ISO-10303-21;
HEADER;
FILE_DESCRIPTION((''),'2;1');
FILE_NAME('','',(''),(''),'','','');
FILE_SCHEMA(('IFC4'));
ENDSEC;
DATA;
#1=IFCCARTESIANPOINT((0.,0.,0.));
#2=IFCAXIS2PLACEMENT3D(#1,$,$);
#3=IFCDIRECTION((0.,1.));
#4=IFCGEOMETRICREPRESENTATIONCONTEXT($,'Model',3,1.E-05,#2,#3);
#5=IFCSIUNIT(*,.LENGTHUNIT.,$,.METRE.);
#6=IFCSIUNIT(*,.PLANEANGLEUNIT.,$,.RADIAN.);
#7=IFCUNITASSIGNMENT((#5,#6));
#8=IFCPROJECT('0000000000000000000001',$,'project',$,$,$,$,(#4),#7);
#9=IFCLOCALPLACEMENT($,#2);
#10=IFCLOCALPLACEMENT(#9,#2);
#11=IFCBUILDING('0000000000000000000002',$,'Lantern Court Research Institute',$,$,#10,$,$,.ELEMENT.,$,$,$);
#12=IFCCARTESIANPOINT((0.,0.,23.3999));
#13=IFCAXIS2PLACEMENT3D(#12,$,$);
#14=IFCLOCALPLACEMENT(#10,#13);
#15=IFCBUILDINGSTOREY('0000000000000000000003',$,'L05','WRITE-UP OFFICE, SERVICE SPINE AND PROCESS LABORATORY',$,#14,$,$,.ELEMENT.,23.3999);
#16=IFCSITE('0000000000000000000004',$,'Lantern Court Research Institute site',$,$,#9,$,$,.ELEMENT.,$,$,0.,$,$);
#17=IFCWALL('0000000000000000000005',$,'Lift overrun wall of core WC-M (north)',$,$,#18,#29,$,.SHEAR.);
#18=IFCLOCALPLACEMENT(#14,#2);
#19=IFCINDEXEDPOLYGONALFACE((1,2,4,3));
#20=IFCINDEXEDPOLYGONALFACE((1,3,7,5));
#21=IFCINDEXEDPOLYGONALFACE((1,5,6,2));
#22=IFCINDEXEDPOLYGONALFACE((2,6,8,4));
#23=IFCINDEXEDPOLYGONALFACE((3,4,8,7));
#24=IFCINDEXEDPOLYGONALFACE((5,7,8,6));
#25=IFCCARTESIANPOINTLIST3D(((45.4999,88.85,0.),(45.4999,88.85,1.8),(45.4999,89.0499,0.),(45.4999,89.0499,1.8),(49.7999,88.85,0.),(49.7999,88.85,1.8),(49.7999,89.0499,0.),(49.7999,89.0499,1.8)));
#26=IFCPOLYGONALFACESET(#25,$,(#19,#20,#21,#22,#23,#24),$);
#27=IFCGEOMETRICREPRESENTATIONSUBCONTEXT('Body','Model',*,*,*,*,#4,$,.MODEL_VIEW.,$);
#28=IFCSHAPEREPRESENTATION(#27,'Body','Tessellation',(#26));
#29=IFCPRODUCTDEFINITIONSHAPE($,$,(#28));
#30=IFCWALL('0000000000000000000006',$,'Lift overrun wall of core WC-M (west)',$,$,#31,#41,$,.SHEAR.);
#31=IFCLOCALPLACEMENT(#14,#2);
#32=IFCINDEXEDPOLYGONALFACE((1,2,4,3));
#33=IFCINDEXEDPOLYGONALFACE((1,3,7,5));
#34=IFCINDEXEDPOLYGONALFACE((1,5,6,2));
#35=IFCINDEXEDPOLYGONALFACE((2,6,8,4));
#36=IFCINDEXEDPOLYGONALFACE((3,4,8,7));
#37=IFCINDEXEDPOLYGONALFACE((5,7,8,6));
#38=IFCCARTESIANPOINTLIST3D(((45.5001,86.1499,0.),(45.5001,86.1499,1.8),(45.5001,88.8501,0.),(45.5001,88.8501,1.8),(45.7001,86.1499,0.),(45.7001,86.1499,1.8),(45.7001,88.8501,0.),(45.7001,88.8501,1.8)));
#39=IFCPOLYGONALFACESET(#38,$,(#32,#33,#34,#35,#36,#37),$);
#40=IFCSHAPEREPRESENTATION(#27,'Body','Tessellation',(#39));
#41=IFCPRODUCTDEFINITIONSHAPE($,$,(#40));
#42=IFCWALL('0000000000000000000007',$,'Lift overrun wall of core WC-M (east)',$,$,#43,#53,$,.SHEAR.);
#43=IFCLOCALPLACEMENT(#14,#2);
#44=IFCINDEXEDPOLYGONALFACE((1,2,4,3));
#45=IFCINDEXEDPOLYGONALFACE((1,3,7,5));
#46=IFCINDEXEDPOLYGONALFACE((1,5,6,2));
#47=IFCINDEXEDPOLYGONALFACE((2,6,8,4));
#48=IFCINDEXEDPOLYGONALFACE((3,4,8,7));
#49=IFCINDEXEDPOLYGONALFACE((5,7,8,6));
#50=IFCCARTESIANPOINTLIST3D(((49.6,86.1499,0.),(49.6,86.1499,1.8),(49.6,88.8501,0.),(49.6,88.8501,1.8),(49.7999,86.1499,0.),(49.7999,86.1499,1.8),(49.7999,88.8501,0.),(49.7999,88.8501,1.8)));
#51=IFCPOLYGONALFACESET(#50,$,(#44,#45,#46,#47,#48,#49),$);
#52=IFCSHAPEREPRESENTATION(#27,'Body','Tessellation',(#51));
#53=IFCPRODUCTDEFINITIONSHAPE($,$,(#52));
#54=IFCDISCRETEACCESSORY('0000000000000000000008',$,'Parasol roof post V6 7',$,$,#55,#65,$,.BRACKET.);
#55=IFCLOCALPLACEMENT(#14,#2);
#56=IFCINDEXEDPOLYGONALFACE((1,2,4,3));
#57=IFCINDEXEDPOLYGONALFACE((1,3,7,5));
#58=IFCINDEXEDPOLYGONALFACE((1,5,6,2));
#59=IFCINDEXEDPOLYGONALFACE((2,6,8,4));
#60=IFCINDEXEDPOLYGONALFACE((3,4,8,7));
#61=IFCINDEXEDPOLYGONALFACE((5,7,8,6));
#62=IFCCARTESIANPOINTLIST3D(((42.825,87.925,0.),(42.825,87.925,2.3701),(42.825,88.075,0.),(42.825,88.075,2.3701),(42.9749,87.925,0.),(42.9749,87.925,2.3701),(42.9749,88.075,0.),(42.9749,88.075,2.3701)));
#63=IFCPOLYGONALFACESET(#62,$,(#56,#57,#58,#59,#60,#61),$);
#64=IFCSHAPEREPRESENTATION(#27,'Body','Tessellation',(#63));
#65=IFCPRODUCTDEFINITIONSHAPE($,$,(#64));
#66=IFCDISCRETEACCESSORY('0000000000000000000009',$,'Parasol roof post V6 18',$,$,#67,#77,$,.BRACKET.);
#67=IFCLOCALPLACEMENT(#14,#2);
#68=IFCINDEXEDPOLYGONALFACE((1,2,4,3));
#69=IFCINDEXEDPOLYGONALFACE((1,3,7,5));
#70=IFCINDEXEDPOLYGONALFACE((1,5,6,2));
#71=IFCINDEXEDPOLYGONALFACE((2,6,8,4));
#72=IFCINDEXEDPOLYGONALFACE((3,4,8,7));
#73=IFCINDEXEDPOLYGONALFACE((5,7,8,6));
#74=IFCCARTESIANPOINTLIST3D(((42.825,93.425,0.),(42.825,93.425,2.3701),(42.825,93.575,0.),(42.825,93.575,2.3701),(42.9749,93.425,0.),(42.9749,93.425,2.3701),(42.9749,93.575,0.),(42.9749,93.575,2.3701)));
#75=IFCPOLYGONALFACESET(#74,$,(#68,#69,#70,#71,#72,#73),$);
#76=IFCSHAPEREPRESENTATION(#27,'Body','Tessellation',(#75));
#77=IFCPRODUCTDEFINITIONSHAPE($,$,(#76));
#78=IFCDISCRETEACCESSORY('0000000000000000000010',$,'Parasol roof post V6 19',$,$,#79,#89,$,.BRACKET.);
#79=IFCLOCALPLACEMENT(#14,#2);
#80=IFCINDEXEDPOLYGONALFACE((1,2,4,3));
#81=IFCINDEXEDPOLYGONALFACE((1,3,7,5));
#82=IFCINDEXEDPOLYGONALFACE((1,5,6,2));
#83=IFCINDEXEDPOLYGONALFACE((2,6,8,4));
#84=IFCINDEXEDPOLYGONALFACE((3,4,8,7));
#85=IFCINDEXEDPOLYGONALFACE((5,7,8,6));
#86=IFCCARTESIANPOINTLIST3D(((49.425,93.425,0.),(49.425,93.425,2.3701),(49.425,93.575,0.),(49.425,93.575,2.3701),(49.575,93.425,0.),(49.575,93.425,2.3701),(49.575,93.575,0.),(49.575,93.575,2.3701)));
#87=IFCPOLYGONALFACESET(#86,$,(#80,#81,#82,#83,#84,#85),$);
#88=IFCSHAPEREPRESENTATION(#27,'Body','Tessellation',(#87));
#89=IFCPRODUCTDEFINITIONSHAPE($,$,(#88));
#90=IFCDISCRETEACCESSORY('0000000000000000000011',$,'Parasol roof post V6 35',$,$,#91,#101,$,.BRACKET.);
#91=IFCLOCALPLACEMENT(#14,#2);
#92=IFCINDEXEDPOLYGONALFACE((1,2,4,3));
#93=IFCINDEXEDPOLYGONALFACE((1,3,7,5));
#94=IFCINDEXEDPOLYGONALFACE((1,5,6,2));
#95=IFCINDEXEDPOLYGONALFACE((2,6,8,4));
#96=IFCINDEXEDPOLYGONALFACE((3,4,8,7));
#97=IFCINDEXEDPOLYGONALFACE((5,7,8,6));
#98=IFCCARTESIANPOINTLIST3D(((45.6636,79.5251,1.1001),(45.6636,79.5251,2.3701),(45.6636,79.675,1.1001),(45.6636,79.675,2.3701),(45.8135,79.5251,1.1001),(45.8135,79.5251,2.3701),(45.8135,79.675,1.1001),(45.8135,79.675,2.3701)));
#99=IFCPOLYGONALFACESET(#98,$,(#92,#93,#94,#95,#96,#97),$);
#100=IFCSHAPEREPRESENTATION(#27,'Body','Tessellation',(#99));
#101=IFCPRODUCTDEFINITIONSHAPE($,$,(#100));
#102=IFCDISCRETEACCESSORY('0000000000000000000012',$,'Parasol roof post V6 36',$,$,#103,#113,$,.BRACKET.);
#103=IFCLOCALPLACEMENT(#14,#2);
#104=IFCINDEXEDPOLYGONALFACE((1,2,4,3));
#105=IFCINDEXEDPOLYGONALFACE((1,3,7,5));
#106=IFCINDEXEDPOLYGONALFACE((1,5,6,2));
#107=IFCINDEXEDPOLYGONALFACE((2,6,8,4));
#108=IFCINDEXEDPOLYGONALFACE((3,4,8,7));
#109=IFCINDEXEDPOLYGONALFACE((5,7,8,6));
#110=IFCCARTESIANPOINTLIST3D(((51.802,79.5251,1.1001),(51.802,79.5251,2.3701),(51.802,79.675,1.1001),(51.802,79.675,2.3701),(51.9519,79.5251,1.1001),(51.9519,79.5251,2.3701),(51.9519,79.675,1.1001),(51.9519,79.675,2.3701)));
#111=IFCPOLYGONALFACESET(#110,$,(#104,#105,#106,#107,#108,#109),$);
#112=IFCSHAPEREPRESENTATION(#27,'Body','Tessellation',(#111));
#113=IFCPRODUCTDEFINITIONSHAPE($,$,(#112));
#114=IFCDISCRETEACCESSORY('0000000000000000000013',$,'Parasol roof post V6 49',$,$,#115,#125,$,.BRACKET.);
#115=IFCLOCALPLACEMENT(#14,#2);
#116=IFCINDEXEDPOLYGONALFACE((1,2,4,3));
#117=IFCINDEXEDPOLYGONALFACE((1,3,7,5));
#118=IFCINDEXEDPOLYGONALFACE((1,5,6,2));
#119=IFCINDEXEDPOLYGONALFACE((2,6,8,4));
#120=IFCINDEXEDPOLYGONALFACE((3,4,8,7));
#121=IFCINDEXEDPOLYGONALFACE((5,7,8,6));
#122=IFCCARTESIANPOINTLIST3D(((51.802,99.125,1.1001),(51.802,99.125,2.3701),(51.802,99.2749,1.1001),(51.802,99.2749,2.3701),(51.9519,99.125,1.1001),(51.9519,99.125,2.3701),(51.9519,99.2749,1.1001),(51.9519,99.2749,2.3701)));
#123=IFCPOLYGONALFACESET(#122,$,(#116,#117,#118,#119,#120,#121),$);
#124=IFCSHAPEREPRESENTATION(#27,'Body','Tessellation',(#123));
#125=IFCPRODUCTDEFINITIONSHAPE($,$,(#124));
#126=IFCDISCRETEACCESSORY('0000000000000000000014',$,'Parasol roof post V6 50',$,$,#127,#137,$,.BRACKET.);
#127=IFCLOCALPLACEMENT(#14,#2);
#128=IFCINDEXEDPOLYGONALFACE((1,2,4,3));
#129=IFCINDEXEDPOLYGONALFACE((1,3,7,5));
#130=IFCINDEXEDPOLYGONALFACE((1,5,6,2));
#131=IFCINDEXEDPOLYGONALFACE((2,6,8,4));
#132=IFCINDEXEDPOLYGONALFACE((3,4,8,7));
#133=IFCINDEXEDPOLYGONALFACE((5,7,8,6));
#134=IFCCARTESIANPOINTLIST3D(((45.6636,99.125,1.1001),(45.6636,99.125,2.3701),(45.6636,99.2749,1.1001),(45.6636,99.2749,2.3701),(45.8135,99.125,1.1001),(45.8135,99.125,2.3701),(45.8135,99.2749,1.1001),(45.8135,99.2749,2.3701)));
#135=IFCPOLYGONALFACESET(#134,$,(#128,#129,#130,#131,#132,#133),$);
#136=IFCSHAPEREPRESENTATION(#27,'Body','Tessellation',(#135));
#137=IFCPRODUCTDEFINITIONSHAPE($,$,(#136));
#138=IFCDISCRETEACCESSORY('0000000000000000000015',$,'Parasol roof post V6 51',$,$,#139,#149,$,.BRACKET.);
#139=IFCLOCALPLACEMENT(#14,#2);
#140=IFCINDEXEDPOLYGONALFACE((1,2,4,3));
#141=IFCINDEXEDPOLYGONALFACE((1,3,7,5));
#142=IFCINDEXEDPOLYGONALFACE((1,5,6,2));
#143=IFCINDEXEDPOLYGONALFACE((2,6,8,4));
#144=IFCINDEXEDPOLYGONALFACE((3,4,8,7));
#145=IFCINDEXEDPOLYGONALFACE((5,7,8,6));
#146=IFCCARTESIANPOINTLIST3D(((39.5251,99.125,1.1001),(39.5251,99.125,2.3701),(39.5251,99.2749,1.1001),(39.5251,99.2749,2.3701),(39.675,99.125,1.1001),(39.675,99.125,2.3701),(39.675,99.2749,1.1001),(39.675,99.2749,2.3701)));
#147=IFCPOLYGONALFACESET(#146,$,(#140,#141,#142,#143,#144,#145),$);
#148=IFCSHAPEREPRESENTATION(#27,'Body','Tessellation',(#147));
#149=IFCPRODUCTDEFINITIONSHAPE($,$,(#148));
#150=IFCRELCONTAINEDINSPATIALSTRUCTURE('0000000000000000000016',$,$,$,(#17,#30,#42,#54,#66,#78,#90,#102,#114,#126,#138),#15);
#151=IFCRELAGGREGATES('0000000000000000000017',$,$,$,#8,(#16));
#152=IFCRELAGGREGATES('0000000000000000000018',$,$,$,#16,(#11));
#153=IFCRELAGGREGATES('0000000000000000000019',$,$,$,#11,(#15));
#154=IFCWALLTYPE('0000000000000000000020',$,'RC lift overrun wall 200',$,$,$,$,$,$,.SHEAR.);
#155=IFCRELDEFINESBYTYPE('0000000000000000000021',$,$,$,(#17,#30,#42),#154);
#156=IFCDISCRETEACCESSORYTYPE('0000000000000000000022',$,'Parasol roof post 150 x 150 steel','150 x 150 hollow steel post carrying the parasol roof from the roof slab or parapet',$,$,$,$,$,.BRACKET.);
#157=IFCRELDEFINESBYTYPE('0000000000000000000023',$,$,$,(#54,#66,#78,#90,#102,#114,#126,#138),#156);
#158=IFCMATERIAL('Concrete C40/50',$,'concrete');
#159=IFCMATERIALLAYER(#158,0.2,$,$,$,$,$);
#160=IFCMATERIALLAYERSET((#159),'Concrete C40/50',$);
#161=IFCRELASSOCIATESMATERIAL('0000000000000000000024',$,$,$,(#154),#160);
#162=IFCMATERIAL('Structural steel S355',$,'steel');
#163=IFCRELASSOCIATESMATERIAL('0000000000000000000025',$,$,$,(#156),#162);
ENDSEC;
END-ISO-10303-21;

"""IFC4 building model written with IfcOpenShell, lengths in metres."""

from ifc_helpers import new_model, si_unit, direction, frame, frame_2d, origin, origin_2d, place, context, subcontext, project, spatial, rectangle, extrude, material, layer, layer_set, type_object, element, save


model = new_model("IFC4")

# Units and contexts
model_context = context("Model", 3, precision=1e-05, world=origin(), true_north=direction((0.0, 1.0)))
body_context = subcontext(model_context, "Body", "Model", "MODEL_VIEW")
ifc_project = project(units=[si_unit("LENGTHUNIT", "METRE"), si_unit("PLANEANGLEUNIT", "RADIAN")], contexts=[model_context])

# Site, building, storey
site_placement = place(None, origin())
site = spatial("IfcSite", under=ifc_project, at=site_placement, Name="Lantern Court Research Institute site", CompositionType="ELEMENT", RefElevation=0.0)
building_placement = place(site_placement, origin())
building = spatial("IfcBuilding", under=site, at=building_placement, Name="Lantern Court Research Institute", CompositionType="ELEMENT")
storey_placement = place(building_placement, frame((0.0, 0.0, 23.3999)))
storey = spatial("IfcBuildingStorey", under=building, at=storey_placement, Name="L05", Description="WRITE-UP OFFICE, SERVICE SPINE AND PROCESS LABORATORY", CompositionType="ELEMENT", Elevation=23.3999)

# Walls
ifc_material_1 = material(Name="Concrete C40/50", Category="concrete")
ifc_layer = layer(ifc_material_1, 0.2)
ifc_layer_set = layer_set([ifc_layer], Name="Concrete C40/50")
wall_type = type_object("IfcWallType", Name="RC lift overrun wall 200", PredefinedType="SHEAR", material=ifc_layer_set)
for number, where, z_axis, x_axis, name in (
    (1, (45.5, 88.95, 0.0), (0.0, 0.0, 1.0), (1.0, 0.0, 0.0), "Lift overrun wall of core WC-M (north)"),
):
    element("IfcWall", number, at=place(storey_placement, frame(where, z_axis=z_axis, x_axis=x_axis)), inside=storey, type_object=wall_type, Name=name, PredefinedType="SHEAR", context=body_context, shape_type="SweptSolid", body=[
        extrude(rectangle(XDim=4.3, YDim=0.2, at=frame_2d((2.1499, 0.0))), origin(), (0.0, 0.0, 1.0), 1.8),
    ])
for number, where, z_axis, x_axis, name in (
    (2, (45.6001, 86.1499, 0.0), (0.0, 0.0, 1.0), (0.0, 1.0, 0.0), "Lift overrun wall of core WC-M (west)"),
    (3, (49.7, 86.1499, 0.0), (0.0, 0.0, 1.0), (0.0, 1.0, 0.0), "Lift overrun wall of core WC-M (east)"),
):
    element("IfcWall", number, at=place(storey_placement, frame(where, z_axis=z_axis, x_axis=x_axis)), inside=storey, type_object=wall_type, Name=name, PredefinedType="SHEAR", context=body_context, shape_type="SweptSolid", body=[
        extrude(rectangle(XDim=2.7002, YDim=0.2, at=frame_2d((1.3501, 0.0))), origin(), (0.0, 0.0, 1.0), 1.8),
    ])

# Discrete accessories
ifc_material_2 = material(Name="Structural steel S355", Category="steel")
discrete_accessory_type = type_object("IfcDiscreteAccessoryType", Name="Parasol roof post 150 x 150 steel", Description="150 x 150 hollow steel post carrying the parasol roof from the roof slab or parapet", PredefinedType="BRACKET", material=ifc_material_2)
for number, where, z_axis, x_axis, name in (
    (4, (42.8999, 88.0, 0.0), (0.0, 0.0, 1.0), (1.0, 0.0, 0.0), "Parasol roof post V6 7"),
    (5, (42.8999, 93.5, 0.0), (0.0, 0.0, 1.0), (1.0, 0.0, 0.0), "Parasol roof post V6 18"),
    (6, (49.5, 93.5, 0.0), (0.0, 0.0, 1.0), (1.0, 0.0, 0.0), "Parasol roof post V6 19"),
):
    element("IfcDiscreteAccessory", number, at=place(storey_placement, frame(where, z_axis=z_axis, x_axis=x_axis)), inside=storey, type_object=discrete_accessory_type, Name=name, PredefinedType="BRACKET", context=body_context, shape_type="SweptSolid", body=[
        extrude(rectangle(XDim=0.1499, YDim=0.1499, at=origin_2d()), origin(), (0.0, 0.0, 1.0), 2.3701),
    ])
for number, where, z_axis, x_axis, name in (
    (7, (45.7385, 79.6001, 1.1001), (0.0, 0.0, 1.0), (1.0, 0.0, 0.0), "Parasol roof post V6 35"),
    (8, (51.877, 79.6001, 1.1001), (0.0, 0.0, 1.0), (1.0, 0.0, 0.0), "Parasol roof post V6 36"),
    (9, (51.877, 99.2, 1.1001), (0.0, 0.0, 1.0), (1.0, 0.0, 0.0), "Parasol roof post V6 49"),
    (10, (45.7385, 99.2, 1.1001), (0.0, 0.0, 1.0), (1.0, 0.0, 0.0), "Parasol roof post V6 50"),
    (11, (39.6001, 99.2, 1.1001), (0.0, 0.0, 1.0), (1.0, 0.0, 0.0), "Parasol roof post V6 51"),
):
    element("IfcDiscreteAccessory", number, at=place(storey_placement, frame(where, z_axis=z_axis, x_axis=x_axis)), inside=storey, type_object=discrete_accessory_type, Name=name, PredefinedType="BRACKET", context=body_context, shape_type="SweptSolid", body=[
        extrude(rectangle(XDim=0.1499, YDim=0.1499, at=origin_2d()), origin(), (0.0, 0.0, 1.0), 1.27),
    ])

save(model, "model.ifc")
